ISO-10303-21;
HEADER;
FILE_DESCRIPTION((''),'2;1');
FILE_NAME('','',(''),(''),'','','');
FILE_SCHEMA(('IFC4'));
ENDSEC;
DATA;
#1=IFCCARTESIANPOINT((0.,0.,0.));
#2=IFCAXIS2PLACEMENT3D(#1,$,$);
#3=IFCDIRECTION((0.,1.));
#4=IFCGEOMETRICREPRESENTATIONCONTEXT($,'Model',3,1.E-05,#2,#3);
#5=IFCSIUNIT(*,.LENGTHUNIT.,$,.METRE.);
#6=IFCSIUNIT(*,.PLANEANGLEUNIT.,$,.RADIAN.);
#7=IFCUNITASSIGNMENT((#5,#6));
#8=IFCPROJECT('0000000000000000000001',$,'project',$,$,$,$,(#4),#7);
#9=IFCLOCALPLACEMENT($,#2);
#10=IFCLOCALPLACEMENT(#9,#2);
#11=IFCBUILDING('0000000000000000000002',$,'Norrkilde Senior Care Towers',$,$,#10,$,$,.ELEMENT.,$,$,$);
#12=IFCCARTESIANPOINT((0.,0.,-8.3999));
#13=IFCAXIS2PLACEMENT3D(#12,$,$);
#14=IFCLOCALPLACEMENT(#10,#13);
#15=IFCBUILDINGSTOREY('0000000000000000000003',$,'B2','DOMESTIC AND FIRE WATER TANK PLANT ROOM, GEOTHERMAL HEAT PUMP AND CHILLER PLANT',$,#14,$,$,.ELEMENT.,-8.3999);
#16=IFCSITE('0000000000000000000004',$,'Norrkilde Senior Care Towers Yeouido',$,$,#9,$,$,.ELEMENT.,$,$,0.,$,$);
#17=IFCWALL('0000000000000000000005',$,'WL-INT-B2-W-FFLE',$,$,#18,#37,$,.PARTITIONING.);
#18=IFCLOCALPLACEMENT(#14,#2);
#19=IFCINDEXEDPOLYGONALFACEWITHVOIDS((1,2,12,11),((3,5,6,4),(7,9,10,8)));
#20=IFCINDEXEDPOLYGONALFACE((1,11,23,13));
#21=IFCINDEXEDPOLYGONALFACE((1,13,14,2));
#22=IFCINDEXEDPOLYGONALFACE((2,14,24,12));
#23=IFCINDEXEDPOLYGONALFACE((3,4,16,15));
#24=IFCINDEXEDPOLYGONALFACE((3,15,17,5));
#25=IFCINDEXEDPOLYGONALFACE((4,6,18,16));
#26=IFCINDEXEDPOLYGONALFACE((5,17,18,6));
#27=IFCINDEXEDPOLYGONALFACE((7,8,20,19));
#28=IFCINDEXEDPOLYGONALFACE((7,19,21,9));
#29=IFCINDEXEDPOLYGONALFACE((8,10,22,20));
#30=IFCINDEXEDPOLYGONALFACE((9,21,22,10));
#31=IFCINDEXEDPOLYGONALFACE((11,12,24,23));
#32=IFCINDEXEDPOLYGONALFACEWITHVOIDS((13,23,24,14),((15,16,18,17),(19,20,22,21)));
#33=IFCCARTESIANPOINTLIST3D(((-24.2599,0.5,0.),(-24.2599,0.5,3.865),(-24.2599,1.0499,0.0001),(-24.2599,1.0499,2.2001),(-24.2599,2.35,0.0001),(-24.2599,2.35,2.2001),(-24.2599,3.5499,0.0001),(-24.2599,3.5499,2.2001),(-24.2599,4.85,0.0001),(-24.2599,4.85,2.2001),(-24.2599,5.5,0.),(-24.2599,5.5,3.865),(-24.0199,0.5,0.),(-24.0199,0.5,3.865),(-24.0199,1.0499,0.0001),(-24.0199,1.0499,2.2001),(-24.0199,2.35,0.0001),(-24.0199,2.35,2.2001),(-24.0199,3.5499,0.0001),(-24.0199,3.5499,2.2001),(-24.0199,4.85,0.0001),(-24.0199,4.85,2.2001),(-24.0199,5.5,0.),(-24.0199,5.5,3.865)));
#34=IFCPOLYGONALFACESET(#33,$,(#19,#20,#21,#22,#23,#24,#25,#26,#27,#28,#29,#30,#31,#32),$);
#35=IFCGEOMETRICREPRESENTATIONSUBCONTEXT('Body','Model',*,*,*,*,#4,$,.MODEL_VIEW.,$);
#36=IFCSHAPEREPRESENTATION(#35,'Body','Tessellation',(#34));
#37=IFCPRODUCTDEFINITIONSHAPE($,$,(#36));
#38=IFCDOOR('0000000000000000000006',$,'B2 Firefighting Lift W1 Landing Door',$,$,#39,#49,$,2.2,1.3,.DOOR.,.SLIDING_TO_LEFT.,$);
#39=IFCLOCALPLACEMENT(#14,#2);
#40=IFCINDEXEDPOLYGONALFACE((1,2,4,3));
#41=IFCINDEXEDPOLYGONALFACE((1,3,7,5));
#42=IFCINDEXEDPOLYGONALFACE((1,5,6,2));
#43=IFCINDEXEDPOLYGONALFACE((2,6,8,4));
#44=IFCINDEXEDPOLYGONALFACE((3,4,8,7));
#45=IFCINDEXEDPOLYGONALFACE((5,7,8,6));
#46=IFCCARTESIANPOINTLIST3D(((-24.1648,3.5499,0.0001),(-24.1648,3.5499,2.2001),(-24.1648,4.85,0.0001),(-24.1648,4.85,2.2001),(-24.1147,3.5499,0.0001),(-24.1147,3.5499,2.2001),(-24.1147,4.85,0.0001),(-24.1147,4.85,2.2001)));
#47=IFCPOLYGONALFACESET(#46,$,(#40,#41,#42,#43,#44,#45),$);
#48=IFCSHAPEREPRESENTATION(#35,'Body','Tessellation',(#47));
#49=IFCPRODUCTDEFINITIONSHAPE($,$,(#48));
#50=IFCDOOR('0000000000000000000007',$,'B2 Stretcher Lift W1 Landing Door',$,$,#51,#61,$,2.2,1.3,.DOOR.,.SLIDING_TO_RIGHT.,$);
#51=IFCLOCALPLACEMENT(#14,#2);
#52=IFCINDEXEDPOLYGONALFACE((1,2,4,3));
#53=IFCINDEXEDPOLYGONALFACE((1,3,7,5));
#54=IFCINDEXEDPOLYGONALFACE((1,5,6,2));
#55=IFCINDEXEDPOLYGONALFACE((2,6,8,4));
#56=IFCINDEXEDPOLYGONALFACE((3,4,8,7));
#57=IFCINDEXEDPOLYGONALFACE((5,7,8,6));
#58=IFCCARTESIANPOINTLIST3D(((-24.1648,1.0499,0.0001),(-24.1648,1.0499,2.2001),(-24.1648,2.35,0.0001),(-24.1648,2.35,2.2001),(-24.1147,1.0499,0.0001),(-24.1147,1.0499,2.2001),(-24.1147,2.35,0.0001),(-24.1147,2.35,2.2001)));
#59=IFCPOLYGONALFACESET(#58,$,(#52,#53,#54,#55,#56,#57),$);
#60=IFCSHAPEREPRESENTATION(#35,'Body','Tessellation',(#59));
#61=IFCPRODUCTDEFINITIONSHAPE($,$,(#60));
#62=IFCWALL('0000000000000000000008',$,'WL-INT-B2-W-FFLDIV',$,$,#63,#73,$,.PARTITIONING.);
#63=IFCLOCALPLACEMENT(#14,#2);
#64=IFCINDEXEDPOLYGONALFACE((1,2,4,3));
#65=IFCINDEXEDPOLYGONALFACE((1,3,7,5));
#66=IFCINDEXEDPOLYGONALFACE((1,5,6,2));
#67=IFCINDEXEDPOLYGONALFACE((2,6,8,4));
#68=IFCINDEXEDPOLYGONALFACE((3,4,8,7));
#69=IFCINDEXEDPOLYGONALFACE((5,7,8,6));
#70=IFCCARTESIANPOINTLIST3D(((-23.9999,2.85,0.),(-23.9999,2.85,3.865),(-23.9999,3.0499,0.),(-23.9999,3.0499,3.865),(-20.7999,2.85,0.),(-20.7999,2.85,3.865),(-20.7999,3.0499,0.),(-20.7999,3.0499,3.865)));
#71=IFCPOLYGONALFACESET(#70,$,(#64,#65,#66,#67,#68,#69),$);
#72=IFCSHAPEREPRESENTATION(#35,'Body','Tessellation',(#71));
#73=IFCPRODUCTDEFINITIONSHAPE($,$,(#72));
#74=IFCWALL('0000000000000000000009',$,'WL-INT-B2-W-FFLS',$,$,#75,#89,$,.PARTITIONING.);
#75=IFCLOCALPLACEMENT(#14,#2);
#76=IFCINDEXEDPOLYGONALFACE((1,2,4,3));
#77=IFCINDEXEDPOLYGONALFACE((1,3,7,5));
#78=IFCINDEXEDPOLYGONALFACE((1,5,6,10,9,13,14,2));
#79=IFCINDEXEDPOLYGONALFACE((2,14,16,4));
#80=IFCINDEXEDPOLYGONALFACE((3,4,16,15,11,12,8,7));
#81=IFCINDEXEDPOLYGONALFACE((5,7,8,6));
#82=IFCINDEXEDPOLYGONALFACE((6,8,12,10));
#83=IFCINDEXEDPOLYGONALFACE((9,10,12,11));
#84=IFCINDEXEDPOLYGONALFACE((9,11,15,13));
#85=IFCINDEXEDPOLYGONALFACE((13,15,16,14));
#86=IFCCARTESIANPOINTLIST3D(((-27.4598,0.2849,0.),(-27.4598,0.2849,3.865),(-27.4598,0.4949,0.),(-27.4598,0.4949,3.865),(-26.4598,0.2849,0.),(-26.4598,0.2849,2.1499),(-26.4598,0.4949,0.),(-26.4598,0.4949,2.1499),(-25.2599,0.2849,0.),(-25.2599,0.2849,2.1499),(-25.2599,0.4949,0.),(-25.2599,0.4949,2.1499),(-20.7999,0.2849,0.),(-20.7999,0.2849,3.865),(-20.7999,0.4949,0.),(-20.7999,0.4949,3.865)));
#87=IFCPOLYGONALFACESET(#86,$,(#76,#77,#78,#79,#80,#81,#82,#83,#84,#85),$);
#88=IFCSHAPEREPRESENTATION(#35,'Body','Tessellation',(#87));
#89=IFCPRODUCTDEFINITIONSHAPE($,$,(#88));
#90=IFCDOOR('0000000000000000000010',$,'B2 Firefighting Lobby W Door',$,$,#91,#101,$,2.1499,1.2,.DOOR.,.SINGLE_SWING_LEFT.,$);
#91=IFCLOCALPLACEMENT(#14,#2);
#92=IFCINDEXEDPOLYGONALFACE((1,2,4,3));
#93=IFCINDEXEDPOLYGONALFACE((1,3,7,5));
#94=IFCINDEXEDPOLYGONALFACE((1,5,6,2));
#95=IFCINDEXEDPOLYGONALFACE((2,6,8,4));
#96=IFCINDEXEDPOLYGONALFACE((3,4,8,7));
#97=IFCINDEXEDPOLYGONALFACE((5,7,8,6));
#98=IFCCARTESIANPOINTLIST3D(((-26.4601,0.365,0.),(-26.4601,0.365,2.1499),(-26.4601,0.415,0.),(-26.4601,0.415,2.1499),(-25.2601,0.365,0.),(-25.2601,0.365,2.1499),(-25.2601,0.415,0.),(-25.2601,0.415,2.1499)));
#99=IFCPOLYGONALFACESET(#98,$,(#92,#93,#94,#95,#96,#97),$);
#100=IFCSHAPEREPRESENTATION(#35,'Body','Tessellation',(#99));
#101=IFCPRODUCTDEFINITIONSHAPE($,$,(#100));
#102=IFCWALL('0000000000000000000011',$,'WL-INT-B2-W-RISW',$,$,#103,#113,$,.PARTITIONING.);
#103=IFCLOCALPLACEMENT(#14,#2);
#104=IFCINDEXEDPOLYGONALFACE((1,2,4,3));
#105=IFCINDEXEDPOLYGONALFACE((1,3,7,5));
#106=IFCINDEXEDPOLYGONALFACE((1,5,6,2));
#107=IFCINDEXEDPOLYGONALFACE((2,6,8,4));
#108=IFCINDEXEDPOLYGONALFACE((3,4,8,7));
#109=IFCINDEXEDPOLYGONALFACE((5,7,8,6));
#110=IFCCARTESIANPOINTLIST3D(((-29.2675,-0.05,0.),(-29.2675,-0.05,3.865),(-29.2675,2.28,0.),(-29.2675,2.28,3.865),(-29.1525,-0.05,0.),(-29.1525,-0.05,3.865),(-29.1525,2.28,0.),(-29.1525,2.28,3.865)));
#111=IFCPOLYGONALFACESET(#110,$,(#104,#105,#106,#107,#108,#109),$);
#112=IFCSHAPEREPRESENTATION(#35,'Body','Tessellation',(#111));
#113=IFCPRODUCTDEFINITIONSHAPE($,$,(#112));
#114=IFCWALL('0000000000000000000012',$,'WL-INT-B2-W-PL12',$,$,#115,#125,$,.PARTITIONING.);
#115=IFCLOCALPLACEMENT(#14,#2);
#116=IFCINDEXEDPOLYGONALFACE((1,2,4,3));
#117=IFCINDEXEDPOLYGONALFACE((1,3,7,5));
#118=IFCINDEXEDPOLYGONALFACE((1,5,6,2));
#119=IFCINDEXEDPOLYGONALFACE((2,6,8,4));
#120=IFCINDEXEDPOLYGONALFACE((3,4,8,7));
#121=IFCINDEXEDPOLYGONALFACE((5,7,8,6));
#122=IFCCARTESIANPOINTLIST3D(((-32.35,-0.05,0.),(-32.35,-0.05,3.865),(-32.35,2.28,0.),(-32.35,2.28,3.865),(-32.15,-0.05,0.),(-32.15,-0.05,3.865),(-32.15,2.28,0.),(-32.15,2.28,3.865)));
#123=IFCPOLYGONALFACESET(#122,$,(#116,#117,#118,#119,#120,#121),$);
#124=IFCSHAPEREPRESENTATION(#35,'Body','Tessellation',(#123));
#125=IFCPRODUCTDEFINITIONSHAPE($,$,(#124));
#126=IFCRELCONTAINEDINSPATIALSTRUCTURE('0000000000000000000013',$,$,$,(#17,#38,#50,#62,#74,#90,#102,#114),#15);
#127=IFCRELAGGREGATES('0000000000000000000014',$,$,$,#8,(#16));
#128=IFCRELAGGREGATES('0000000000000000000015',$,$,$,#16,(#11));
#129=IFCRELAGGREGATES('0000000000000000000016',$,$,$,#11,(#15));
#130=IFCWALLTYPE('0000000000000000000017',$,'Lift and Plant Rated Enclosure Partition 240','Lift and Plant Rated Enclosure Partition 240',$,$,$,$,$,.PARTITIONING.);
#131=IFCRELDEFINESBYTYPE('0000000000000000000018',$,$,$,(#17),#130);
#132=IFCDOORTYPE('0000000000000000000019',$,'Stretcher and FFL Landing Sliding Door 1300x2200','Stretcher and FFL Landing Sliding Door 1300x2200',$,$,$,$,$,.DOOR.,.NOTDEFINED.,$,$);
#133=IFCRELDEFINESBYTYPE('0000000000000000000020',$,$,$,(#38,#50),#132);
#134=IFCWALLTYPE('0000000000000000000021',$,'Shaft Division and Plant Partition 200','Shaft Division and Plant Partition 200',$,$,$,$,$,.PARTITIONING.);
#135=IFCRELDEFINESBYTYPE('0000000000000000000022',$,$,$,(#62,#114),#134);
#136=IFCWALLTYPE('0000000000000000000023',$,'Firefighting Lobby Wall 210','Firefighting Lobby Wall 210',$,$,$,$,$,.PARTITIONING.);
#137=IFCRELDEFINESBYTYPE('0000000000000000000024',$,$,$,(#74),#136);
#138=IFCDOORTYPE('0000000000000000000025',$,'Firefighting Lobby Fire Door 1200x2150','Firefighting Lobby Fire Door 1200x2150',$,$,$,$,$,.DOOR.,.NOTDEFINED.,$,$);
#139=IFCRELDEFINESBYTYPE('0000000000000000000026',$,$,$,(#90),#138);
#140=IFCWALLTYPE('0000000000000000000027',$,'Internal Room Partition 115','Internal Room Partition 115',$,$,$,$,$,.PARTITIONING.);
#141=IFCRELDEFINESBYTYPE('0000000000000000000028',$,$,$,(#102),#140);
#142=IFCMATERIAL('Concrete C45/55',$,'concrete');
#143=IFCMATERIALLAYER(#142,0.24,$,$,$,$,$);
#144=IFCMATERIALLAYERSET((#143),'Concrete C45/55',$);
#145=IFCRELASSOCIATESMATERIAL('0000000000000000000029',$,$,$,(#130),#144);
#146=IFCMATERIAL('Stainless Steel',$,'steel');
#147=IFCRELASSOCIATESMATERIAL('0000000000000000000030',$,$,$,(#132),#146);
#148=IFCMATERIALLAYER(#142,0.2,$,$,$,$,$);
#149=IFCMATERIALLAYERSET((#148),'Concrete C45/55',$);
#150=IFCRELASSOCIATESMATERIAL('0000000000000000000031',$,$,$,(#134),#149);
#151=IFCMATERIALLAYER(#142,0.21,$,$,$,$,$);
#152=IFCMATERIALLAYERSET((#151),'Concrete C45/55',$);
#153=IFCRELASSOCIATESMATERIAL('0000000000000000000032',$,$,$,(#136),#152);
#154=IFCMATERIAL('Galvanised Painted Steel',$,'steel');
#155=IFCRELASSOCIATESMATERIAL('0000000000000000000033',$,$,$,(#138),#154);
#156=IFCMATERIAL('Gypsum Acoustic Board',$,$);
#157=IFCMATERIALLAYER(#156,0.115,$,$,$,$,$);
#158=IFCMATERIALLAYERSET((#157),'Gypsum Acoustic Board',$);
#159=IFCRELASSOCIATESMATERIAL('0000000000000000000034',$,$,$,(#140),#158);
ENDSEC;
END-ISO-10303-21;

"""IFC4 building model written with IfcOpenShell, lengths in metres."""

from ifc_helpers import new_model, si_unit, direction, frame, frame_2d, origin, place, context, subcontext, project, spatial, rectangle, extrude, source, transform, mapped, material, layer, layer_set, type_object, type_shapes, element, fill, save


model = new_model("IFC4")

# Units and contexts
model_context = context("Model", 3, precision=1e-05, world=origin(), true_north=direction((0.0, 1.0)))
body_context = subcontext(model_context, "Body", "Model", "MODEL_VIEW")
ifc_project = project(units=[si_unit("LENGTHUNIT", "METRE"), si_unit("PLANEANGLEUNIT", "RADIAN")], contexts=[model_context])

# Site, building, storey
site_placement = place(None, origin())
site = spatial("IfcSite", under=ifc_project, at=site_placement, Name="Norrkilde Senior Care Towers Yeouido", CompositionType="ELEMENT", RefElevation=0.0)
building_placement = place(site_placement, origin())
building = spatial("IfcBuilding", under=site, at=building_placement, Name="Norrkilde Senior Care Towers", CompositionType="ELEMENT")
storey_placement = place(building_placement, frame((0.0, 0.0, -8.3999)))
storey = spatial("IfcBuildingStorey", under=building, at=storey_placement, Name="B2", Description="DOMESTIC AND FIRE WATER TANK PLANT ROOM, GEOTHERMAL HEAT PUMP AND CHILLER PLANT", CompositionType="ELEMENT", Elevation=-8.3999)

# Shared definitions
ifc_material_1 = material(Name="Concrete C45/55", Category="concrete")

# Shared definitions
ifc_material_2 = material(Name="Galvanised Painted Steel", Category="steel")

# Wall, openings, doors
ifc_layer_1 = layer(ifc_material_1, 0.24)
ifc_layer_set_1 = layer_set([ifc_layer_1], Name="Concrete C45/55")
wall_type_1 = type_object("IfcWallType", Name="Lift and Plant Rated Enclosure Partition 240", Description="Lift and Plant Rated Enclosure Partition 240", PredefinedType="PARTITIONING", material=ifc_layer_set_1)
shared_shape_1 = source(origin(), body_context, "Body", "SweptSolid", [
    extrude(rectangle(XDim=5.0, YDim=0.24, at=frame_2d((2.5, 0.0))), origin(), (0.0, 0.0, 1.0), 3.865),
])
type_shapes(wall_type_1, [shared_shape_1])
wall_1_placement = place(storey_placement, frame((-24.1399, 0.5, 0.0), z_axis=(0.0, 0.0, 1.0), x_axis=(0.0, 1.0, 0.0)))
wall_1 = element("IfcWall", 1, at=wall_1_placement, inside=storey, type_object=wall_type_1, Name="WL-INT-B2-W-FFLE", PredefinedType="PARTITIONING", context=body_context, shape_type="MappedRepresentation", body=[
    mapped(shared_shape_1, transform((0.0, 0.0, 0.0), x_axis=(1.0, 0.0, 0.0), y_axis=(0.0, 1.0, 0.0), z_axis=(0.0, 0.0, 1.0), scale=1.0)),
])
opening_1_placement = place(wall_1_placement, frame((3.05, 0.0, 0.0)))
opening_1 = element("IfcOpeningElement", 2, at=opening_1_placement, cuts=wall_1, PredefinedType="OPENING", context=body_context, shape_type="SweptSolid", body=[
    extrude(rectangle(XDim=1.3, YDim=2.2, at=frame_2d((0.6499, 1.1001))), frame((0.0, 0.1299, 0.0), z_axis=(0.0, -1.0, 0.0), x_axis=(1.0, 0.0, 0.0)), (0.0, 0.0, 1.0), 0.26),
])
opening_2_placement = place(wall_1_placement, frame((0.55, 0.0, 0.0)))
opening_2 = element("IfcOpeningElement", 3, at=opening_2_placement, cuts=wall_1, PredefinedType="OPENING", context=body_context, shape_type="SweptSolid", body=[
    extrude(rectangle(XDim=1.3, YDim=2.2, at=frame_2d((0.6499, 1.1001))), frame((0.0, 0.1299, 0.0), z_axis=(0.0, -1.0, 0.0), x_axis=(1.0, 0.0, 0.0)), (0.0, 0.0, 1.0), 0.26),
])
ifc_material_3 = material(Name="Stainless Steel", Category="steel")
door_type_1 = type_object("IfcDoorType", Name="Stretcher and FFL Landing Sliding Door 1300x2200", Description="Stretcher and FFL Landing Sliding Door 1300x2200", OperationType="NOTDEFINED", PredefinedType="DOOR", material=ifc_material_3)
shared_shape_2 = source(origin(), body_context, "Body", "SweptSolid", [
    extrude(rectangle(XDim=1.3, YDim=2.2, at=frame_2d((0.6499, 1.1001))), frame((0.0, 0.0249, 0.0), z_axis=(0.0, -1.0, 0.0), x_axis=(1.0, 0.0, 0.0)), (0.0, 0.0, 1.0), 0.05),
])
type_shapes(door_type_1, [shared_shape_2])
door_1_placement = place(opening_1_placement, origin())
door_1 = element("IfcDoor", 4, at=door_1_placement, inside=storey, type_object=door_type_1, Name="B2 Firefighting Lift W1 Landing Door", OperationType="SLIDING_TO_LEFT", OverallHeight=2.2, OverallWidth=1.3, PredefinedType="DOOR", context=body_context, shape_type="MappedRepresentation", body=[
    mapped(shared_shape_2, transform((0.0, 0.0, 0.0), x_axis=(1.0, 0.0, 0.0), y_axis=(0.0, 1.0, 0.0), z_axis=(0.0, 0.0, 1.0), scale=1.0)),
])
fill(opening_1, door_1)
door_2_placement = place(opening_2_placement, origin())
door_2 = element("IfcDoor", 5, at=door_2_placement, inside=storey, type_object=door_type_1, Name="B2 Stretcher Lift W1 Landing Door", OperationType="SLIDING_TO_RIGHT", OverallHeight=2.2, OverallWidth=1.3, PredefinedType="DOOR", context=body_context, shape_type="MappedRepresentation", body=[
    mapped(shared_shape_2, transform((0.0, 0.0, 0.0), x_axis=(1.0, 0.0, 0.0), y_axis=(0.0, 1.0, 0.0), z_axis=(0.0, 0.0, 1.0), scale=1.0)),
])
fill(opening_2, door_2)

# Wall
ifc_layer_2 = layer(ifc_material_1, 0.2)
ifc_layer_set_2 = layer_set([ifc_layer_2], Name="Concrete C45/55")
wall_type_2 = type_object("IfcWallType", Name="Shaft Division and Plant Partition 200", Description="Shaft Division and Plant Partition 200", PredefinedType="PARTITIONING", material=ifc_layer_set_2)
shared_shape_3 = source(origin(), body_context, "Body", "SweptSolid", [
    extrude(rectangle(XDim=3.2, YDim=0.2, at=frame_2d((1.6001, 0.0))), origin(), (0.0, 0.0, 1.0), 3.865),
])
wall_2_placement = place(storey_placement, frame((-24.0, 2.95, 0.0), z_axis=(0.0, 0.0, 1.0), x_axis=(1.0, 0.0, 0.0)))
element("IfcWall", 6, at=wall_2_placement, inside=storey, type_object=wall_type_2, Name="WL-INT-B2-W-FFLDIV", PredefinedType="PARTITIONING", context=body_context, shape_type="MappedRepresentation", body=[
    mapped(shared_shape_3, transform((0.0, 0.0, 0.0), x_axis=(1.0, 0.0, 0.0), y_axis=(0.0, 1.0, 0.0), z_axis=(0.0, 0.0, 1.0), scale=1.0)),
])

# Wall, opening, door
ifc_layer_3 = layer(ifc_material_1, 0.21)
ifc_layer_set_3 = layer_set([ifc_layer_3], Name="Concrete C45/55")
wall_type_3 = type_object("IfcWallType", Name="Firefighting Lobby Wall 210", Description="Firefighting Lobby Wall 210", PredefinedType="PARTITIONING", material=ifc_layer_set_3)
shared_shape_4 = source(origin(), body_context, "Body", "SweptSolid", [
    extrude(rectangle(XDim=6.6599, YDim=0.21, at=frame_2d((3.3301, 0.0))), origin(), (0.0, 0.0, 1.0), 3.865),
])
type_shapes(wall_type_3, [shared_shape_4])
wall_3_placement = place(storey_placement, frame((-27.46, 0.3899, 0.0), z_axis=(0.0, 0.0, 1.0), x_axis=(1.0, 0.0, 0.0)))
wall_3 = element("IfcWall", 7, at=wall_3_placement, inside=storey, type_object=wall_type_3, Name="WL-INT-B2-W-FFLS", PredefinedType="PARTITIONING", context=body_context, shape_type="MappedRepresentation", body=[
    mapped(shared_shape_4, transform((0.0, 0.0, 0.0), x_axis=(1.0, 0.0, 0.0), y_axis=(0.0, 1.0, 0.0), z_axis=(0.0, 0.0, 1.0), scale=1.0)),
])
opening_3_placement = place(wall_3_placement, frame((1.0, 0.0, 0.0)))
opening_3 = element("IfcOpeningElement", 8, at=opening_3_placement, cuts=wall_3, PredefinedType="OPENING", context=body_context, shape_type="SweptSolid", body=[
    extrude(rectangle(XDim=1.2, YDim=2.1499, at=frame_2d((0.6001, 1.075))), frame((0.0, 0.115, 0.0), z_axis=(0.0, -1.0, 0.0), x_axis=(1.0, 0.0, 0.0)), (0.0, 0.0, 1.0), 0.23),
])
door_type_2 = type_object("IfcDoorType", Name="Firefighting Lobby Fire Door 1200x2150", Description="Firefighting Lobby Fire Door 1200x2150", OperationType="NOTDEFINED", PredefinedType="DOOR", material=ifc_material_2)
shared_shape_5 = source(origin(), body_context, "Body", "SweptSolid", [
    extrude(rectangle(XDim=1.2, YDim=2.1499, at=frame_2d((0.6001, 1.075))), frame((0.0, 0.0249, 0.0), z_axis=(0.0, -1.0, 0.0), x_axis=(1.0, 0.0, 0.0)), (0.0, 0.0, 1.0), 0.05),
])
type_shapes(door_type_2, [shared_shape_5])
door_3_placement = place(opening_3_placement, frame((1.2, 0.0, 0.0), z_axis=(0.0, 0.0, 1.0), x_axis=(-1.0, 0.0, 0.0)))
door_3 = element("IfcDoor", 9, at=door_3_placement, inside=storey, type_object=door_type_2, Name="B2 Firefighting Lobby W Door", OperationType="SINGLE_SWING_LEFT", OverallHeight=2.1499, OverallWidth=1.2, PredefinedType="DOOR", context=body_context, shape_type="MappedRepresentation", body=[
    mapped(shared_shape_5, transform((0.0, 0.0, 0.0), x_axis=(1.0, 0.0, 0.0), y_axis=(0.0, 1.0, 0.0), z_axis=(0.0, 0.0, 1.0), scale=1.0)),
])
fill(opening_3, door_3)

# Walls
ifc_material_4 = material(Name="Gypsum Acoustic Board")
ifc_layer_4 = layer(ifc_material_4, 0.115)
ifc_layer_set_4 = layer_set([ifc_layer_4], Name="Gypsum Acoustic Board")
wall_type_4 = type_object("IfcWallType", Name="Internal Room Partition 115", Description="Internal Room Partition 115", PredefinedType="PARTITIONING", material=ifc_layer_set_4)
shared_shape_6 = source(origin(), body_context, "Body", "SweptSolid", [
    extrude(rectangle(XDim=2.3301, YDim=0.115, at=frame_2d((1.165, 0.0))), origin(), (0.0, 0.0, 1.0), 3.865),
])
type_shapes(wall_type_4, [shared_shape_6])
wall_4_placement = place(storey_placement, frame((-29.21, -0.05, 0.0), z_axis=(0.0, 0.0, 1.0), x_axis=(0.0, 1.0, 0.0)))
element("IfcWall", 10, at=wall_4_placement, inside=storey, type_object=wall_type_4, Name="WL-INT-B2-W-RISW", PredefinedType="PARTITIONING", context=body_context, shape_type="MappedRepresentation", body=[
    mapped(shared_shape_6, transform((0.0, 0.0, 0.0), x_axis=(1.0, 0.0, 0.0), y_axis=(0.0, 1.0, 0.0), z_axis=(0.0, 0.0, 1.0), scale=1.0)),
])
shared_shape_7 = source(origin(), body_context, "Body", "SweptSolid", [
    extrude(rectangle(XDim=2.3301, YDim=0.2, at=frame_2d((1.165, 0.0))), origin(), (0.0, 0.0, 1.0), 3.865),
])
type_shapes(wall_type_2, [shared_shape_3, shared_shape_7])
wall_5_placement = place(storey_placement, frame((-32.25, -0.05, 0.0), z_axis=(0.0, 0.0, 1.0), x_axis=(0.0, 1.0, 0.0)))
element("IfcWall", 11, at=wall_5_placement, inside=storey, type_object=wall_type_2, Name="WL-INT-B2-W-PL12", PredefinedType="PARTITIONING", context=body_context, shape_type="MappedRepresentation", body=[
    mapped(shared_shape_7, transform((0.0, 0.0, 0.0), x_axis=(1.0, 0.0, 0.0), y_axis=(0.0, 1.0, 0.0), z_axis=(0.0, 0.0, 1.0), scale=1.0)),
])

save(model, "model.ifc")
